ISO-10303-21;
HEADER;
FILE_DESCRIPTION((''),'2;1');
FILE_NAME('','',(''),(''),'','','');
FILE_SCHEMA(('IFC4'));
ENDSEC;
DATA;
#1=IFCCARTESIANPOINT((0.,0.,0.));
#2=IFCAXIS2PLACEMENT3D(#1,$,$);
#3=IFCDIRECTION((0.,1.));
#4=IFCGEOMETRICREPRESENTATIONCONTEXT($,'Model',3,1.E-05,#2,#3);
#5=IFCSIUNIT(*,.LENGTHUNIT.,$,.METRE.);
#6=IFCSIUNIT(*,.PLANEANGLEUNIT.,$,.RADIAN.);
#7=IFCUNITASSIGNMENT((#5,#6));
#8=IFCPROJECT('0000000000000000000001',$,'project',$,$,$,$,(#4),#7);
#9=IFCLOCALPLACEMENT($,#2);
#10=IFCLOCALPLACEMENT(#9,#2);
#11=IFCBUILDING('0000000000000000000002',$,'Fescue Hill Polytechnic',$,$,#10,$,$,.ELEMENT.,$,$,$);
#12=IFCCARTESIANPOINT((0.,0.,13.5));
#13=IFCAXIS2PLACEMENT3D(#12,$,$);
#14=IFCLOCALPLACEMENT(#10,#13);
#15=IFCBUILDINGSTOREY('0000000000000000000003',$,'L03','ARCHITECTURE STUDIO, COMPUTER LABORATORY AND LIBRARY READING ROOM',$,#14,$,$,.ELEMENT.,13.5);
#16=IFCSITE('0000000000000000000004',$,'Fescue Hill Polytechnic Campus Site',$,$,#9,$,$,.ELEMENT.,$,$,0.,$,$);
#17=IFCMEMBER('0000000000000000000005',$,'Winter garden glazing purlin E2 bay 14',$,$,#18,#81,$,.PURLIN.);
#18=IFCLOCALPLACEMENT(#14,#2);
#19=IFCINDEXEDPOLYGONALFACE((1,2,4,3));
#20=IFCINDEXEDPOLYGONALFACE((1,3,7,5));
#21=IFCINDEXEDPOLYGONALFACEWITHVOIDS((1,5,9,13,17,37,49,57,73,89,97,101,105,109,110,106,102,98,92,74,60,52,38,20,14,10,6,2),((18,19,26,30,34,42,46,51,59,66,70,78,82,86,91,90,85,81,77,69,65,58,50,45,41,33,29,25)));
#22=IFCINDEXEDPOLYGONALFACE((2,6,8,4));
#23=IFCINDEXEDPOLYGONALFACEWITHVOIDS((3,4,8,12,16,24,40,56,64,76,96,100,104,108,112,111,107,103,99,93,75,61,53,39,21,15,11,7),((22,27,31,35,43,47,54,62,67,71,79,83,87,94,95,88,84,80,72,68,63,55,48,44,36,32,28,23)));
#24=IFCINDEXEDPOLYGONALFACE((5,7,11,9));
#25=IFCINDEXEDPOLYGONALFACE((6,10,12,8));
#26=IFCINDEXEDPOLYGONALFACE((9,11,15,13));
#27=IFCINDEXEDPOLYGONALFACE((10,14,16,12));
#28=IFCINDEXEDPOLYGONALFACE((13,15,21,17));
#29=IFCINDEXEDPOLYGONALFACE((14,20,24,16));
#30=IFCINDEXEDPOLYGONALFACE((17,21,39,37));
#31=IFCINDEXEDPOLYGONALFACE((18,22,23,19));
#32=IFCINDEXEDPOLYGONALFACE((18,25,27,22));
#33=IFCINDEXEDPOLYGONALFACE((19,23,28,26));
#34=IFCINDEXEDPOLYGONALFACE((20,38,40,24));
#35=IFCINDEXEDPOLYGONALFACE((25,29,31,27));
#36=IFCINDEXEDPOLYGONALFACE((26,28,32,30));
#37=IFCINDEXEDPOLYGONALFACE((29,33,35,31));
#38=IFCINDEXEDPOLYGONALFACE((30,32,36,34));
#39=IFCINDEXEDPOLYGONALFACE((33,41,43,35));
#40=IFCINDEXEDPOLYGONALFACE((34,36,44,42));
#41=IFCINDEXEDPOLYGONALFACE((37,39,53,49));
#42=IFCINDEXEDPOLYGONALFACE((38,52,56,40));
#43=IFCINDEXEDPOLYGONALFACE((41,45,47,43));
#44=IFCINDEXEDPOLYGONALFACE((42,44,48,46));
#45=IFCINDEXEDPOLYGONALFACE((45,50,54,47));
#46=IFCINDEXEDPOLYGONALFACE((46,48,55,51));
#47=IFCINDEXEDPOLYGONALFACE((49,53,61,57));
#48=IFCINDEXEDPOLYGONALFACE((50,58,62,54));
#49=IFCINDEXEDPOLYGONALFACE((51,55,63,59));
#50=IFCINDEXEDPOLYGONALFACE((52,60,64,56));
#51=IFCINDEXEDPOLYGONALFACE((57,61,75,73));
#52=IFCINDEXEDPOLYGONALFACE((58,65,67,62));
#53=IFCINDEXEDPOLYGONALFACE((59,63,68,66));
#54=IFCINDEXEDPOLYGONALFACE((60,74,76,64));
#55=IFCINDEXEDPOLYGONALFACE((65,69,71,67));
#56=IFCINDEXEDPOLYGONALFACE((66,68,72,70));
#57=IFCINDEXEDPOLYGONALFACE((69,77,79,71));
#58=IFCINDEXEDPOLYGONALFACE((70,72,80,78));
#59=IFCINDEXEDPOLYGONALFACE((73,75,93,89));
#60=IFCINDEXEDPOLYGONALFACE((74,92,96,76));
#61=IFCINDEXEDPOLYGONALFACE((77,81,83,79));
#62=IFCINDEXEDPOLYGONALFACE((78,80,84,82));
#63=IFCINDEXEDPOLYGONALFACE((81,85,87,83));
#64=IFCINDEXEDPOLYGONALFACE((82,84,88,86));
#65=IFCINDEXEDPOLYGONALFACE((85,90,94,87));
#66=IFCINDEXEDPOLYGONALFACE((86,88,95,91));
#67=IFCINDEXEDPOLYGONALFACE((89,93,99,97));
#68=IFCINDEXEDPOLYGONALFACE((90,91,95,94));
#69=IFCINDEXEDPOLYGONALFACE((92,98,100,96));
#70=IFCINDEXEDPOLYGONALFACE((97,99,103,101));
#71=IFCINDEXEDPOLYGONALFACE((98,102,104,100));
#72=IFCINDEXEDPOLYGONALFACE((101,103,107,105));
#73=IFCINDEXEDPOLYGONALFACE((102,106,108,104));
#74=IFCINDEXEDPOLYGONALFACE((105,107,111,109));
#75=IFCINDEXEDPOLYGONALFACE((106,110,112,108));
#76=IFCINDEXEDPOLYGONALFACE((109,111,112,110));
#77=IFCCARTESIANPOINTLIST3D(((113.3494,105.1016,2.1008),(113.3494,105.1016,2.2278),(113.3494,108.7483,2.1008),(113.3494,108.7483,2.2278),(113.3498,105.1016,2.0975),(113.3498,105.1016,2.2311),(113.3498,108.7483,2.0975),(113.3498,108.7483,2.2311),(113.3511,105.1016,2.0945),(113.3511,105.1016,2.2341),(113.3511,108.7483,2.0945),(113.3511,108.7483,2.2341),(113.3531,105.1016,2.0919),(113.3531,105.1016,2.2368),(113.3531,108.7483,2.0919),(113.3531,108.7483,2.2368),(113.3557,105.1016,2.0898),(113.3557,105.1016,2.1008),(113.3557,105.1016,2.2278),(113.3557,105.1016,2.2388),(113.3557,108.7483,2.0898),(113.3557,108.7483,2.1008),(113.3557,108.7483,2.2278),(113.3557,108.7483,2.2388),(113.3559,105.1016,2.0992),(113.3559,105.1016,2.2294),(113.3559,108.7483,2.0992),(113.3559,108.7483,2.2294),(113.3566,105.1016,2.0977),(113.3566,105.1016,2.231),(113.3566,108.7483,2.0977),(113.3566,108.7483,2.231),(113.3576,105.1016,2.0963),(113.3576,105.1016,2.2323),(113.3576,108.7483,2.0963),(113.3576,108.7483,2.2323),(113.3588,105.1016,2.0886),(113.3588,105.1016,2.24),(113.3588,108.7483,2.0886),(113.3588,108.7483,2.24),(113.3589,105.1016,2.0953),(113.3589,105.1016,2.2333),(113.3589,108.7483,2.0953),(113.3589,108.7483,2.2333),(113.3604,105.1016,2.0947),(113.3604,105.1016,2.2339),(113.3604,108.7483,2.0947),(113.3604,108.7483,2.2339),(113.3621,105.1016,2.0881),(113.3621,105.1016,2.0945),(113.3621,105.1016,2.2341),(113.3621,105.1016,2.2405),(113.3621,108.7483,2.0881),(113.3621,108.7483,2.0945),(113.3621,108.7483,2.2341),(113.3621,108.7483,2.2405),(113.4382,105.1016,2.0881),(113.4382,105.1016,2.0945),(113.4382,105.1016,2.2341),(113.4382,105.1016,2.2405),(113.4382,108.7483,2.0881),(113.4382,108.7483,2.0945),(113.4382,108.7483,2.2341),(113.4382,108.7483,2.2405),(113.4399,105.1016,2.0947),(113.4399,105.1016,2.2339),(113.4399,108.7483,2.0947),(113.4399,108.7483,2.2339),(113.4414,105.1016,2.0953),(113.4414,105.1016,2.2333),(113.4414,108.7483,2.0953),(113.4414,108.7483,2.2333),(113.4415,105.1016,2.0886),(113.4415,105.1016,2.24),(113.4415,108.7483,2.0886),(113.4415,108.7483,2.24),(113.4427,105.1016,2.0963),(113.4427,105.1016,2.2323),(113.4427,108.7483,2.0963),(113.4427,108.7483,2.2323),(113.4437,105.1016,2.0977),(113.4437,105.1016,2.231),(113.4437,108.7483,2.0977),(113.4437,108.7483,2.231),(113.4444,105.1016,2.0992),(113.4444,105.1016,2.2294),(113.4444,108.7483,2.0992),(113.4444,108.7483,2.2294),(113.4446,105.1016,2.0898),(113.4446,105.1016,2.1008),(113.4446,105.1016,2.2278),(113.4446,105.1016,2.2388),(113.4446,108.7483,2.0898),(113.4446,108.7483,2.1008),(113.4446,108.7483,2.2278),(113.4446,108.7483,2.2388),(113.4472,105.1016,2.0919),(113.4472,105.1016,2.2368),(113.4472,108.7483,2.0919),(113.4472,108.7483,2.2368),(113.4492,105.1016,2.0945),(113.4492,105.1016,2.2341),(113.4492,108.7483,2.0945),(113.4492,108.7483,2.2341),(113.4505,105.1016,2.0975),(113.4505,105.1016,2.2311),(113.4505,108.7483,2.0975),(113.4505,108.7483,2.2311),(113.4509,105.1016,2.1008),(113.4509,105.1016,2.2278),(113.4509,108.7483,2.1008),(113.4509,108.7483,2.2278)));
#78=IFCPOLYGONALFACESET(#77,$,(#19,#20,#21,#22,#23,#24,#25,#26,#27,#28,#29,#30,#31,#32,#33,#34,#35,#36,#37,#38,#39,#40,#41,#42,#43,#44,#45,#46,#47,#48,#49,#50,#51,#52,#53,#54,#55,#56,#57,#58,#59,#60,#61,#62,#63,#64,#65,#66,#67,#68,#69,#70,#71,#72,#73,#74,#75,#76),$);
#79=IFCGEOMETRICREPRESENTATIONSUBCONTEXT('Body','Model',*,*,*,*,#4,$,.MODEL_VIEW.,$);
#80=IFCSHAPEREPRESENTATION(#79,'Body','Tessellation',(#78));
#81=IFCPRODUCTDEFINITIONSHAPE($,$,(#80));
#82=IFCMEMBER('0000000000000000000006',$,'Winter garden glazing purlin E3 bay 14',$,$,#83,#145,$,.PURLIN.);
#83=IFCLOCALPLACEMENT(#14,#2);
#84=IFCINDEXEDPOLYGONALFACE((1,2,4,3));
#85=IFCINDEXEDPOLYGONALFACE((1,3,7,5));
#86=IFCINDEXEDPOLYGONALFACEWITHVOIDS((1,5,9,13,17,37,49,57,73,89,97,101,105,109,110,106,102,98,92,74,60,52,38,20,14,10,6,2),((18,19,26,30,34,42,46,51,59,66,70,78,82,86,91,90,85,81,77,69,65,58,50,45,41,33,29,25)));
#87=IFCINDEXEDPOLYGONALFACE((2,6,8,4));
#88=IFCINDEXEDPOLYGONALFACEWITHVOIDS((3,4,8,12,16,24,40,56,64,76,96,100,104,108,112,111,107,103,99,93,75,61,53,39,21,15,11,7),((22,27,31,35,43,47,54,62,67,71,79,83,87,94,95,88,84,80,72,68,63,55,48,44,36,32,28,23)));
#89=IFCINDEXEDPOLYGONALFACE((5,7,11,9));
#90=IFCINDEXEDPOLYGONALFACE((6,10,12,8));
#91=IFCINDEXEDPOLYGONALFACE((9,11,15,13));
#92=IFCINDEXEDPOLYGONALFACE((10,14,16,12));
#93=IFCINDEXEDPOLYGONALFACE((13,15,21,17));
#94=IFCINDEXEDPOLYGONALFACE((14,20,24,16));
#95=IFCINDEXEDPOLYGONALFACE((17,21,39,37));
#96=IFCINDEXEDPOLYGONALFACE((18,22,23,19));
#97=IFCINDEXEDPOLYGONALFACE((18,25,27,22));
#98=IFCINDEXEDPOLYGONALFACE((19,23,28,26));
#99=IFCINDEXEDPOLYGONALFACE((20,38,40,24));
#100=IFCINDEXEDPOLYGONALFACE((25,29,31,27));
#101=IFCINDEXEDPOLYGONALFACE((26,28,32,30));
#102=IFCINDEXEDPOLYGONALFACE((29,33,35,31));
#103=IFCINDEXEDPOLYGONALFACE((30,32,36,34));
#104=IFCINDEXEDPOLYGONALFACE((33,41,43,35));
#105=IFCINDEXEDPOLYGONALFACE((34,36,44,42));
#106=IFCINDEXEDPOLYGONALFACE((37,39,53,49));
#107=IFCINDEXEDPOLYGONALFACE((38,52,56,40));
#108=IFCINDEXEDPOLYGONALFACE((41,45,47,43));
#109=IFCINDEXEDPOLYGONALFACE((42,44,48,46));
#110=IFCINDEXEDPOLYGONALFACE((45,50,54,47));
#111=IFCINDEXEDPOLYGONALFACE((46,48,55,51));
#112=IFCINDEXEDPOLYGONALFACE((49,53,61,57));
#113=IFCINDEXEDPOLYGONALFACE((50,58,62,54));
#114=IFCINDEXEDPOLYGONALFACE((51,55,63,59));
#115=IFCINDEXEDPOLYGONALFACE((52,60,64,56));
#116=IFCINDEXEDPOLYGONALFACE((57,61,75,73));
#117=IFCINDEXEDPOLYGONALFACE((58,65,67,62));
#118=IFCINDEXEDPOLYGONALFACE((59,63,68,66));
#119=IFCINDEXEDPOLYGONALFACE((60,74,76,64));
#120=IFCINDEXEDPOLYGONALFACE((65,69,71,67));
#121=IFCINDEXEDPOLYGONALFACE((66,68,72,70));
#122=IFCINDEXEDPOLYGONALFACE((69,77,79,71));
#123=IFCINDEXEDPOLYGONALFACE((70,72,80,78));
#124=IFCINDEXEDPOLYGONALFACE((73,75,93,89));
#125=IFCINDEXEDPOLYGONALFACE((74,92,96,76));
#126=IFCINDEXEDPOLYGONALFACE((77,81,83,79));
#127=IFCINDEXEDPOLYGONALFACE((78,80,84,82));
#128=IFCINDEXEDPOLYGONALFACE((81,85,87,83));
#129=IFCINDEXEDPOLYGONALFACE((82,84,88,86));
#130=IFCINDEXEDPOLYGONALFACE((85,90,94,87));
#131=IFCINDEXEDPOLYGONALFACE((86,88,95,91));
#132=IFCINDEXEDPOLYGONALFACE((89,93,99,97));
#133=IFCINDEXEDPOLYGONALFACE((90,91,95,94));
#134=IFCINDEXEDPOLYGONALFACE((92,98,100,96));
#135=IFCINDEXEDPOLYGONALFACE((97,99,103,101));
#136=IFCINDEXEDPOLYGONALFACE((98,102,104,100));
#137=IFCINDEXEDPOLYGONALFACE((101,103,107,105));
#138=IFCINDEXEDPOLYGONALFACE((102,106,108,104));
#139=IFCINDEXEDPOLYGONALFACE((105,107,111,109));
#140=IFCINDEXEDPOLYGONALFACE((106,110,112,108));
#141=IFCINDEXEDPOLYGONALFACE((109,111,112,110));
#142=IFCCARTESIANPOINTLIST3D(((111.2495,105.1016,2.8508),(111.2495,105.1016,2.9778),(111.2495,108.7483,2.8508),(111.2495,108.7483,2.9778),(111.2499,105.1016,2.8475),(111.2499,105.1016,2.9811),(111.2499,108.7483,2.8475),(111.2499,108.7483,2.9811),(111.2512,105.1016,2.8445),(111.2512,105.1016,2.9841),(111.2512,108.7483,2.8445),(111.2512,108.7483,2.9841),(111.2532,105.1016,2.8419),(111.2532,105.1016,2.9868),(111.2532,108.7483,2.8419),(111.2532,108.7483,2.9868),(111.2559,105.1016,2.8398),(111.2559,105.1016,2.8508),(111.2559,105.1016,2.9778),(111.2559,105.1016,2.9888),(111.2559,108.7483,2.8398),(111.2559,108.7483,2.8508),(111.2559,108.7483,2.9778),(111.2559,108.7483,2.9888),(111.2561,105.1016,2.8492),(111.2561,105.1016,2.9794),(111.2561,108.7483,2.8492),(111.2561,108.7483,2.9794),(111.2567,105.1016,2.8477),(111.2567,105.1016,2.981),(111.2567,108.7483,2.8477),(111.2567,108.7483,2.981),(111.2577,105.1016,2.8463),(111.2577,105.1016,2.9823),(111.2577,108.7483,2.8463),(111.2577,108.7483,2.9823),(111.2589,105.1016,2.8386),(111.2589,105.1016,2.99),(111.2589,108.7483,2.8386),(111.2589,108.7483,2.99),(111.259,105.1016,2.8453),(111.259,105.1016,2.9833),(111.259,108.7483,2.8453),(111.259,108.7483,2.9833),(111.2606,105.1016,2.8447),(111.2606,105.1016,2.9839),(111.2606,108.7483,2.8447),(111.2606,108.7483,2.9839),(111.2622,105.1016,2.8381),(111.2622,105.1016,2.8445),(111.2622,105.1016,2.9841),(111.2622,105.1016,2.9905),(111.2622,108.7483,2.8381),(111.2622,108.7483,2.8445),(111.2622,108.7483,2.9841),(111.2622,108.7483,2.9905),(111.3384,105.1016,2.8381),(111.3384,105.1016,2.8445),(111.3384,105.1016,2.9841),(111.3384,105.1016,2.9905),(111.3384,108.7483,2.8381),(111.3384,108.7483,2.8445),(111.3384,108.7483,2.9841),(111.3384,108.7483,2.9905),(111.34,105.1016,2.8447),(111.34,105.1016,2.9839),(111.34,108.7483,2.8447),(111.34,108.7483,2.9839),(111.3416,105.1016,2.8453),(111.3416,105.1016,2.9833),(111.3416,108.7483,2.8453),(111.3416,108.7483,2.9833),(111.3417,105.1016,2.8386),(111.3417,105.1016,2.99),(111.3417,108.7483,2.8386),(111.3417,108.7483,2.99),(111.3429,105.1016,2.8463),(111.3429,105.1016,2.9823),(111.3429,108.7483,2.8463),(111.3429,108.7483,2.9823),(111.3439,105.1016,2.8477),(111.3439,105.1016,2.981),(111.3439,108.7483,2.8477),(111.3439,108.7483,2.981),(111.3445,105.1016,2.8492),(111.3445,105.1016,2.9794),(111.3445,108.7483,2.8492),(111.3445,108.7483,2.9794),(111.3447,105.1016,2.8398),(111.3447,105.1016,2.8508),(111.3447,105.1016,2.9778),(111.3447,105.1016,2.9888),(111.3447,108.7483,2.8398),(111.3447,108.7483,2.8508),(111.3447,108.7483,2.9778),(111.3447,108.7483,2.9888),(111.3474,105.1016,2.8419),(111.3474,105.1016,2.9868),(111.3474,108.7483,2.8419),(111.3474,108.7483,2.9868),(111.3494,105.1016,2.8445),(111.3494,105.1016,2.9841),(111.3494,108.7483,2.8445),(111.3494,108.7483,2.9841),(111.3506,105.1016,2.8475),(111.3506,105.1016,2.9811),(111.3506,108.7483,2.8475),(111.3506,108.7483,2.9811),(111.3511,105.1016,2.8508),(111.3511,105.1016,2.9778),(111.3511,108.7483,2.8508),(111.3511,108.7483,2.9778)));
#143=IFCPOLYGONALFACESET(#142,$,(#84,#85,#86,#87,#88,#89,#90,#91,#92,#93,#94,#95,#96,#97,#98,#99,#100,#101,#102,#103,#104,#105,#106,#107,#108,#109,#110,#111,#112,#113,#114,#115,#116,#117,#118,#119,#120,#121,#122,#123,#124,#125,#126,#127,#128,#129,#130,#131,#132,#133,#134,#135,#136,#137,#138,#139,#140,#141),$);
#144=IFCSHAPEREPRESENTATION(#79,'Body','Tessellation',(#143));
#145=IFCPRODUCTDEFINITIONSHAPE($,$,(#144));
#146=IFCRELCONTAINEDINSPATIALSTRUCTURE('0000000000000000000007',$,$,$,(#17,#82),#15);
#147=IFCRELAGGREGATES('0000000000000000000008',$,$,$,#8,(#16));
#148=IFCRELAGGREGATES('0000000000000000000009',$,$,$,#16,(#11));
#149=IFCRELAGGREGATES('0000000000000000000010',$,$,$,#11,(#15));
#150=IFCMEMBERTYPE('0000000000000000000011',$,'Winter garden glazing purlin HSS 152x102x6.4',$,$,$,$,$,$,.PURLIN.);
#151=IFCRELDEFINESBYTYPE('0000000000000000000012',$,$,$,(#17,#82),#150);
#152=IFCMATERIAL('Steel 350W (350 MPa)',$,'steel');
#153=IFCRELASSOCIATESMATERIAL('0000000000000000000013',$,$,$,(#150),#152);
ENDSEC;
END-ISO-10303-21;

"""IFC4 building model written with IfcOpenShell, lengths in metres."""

from ifc_helpers import new_model, si_unit, direction, frame, origin, origin_2d, place, context, subcontext, project, spatial, hollow_rectangle, extrude, material, material_profile, profile_set, type_object, element, save


model = new_model("IFC4")

# Units and contexts
model_context = context("Model", 3, precision=1e-05, world=origin(), true_north=direction((0.0, 1.0)))
body_context = subcontext(model_context, "Body", "Model", "MODEL_VIEW")
ifc_project = project(units=[si_unit("LENGTHUNIT", "METRE"), si_unit("PLANEANGLEUNIT", "RADIAN")], contexts=[model_context])

# Site, building, storey
site_placement = place(None, origin())
site = spatial("IfcSite", under=ifc_project, at=site_placement, Name="Fescue Hill Polytechnic Campus Site", CompositionType="ELEMENT", RefElevation=0.0)
building_placement = place(site_placement, origin())
building = spatial("IfcBuilding", under=site, at=building_placement, Name="Fescue Hill Polytechnic", CompositionType="ELEMENT")
storey_placement = place(building_placement, frame((0.0, 0.0, 13.5)))
storey = spatial("IfcBuildingStorey", under=building, at=storey_placement, Name="L03", Description="ARCHITECTURE STUDIO, COMPUTER LABORATORY AND LIBRARY READING ROOM", CompositionType="ELEMENT", Elevation=13.5)

# Members
ifc_material_1 = material(Name="Steel 350W (350 MPa)", Category="steel")
ifc_material_profile_1 = material_profile(ifc_material_1, hollow_rectangle(XDim=0.1016, YDim=0.1523, WallThickness=0.0063, InnerFilletRadius=0.0063, OuterFilletRadius=0.0127, at=origin_2d()), Name="Winter garden glazing purlin HSS 152x102x6.4")
ifc_profile_set_1 = profile_set([ifc_material_profile_1], Name="Steel 350W (350 MPa)")
member_type_1 = type_object("IfcMemberType", Name="Winter garden glazing purlin HSS 152x102x6.4", PredefinedType="PURLIN", material=ifc_profile_set_1)
for number, where, z_axis, x_axis, name in (
    (1, (113.4001, 105.1016, 2.1643), (0.0, 1.0, 0.0), (-1.0, 0.0, 0.0), "Winter garden glazing purlin E2 bay 14"),
    (2, (111.3003, 105.1016, 2.9143), (0.0, 1.0, 0.0), (-1.0, 0.0, 0.0), "Winter garden glazing purlin E3 bay 14"),
):
    element("IfcMember", number, at=place(storey_placement, frame(where, z_axis=z_axis, x_axis=x_axis)), inside=storey, type_object=member_type_1, Name=name, PredefinedType="PURLIN", context=body_context, shape_type="SweptSolid", body=[
        extrude(hollow_rectangle(XDim=0.1016, YDim=0.1523, WallThickness=0.0063, InnerFilletRadius=0.0063, OuterFilletRadius=0.0127, at=origin_2d()), origin(), (0.0, 0.0, 1.0), 3.6467),
    ])

save(model, "model.ifc")
